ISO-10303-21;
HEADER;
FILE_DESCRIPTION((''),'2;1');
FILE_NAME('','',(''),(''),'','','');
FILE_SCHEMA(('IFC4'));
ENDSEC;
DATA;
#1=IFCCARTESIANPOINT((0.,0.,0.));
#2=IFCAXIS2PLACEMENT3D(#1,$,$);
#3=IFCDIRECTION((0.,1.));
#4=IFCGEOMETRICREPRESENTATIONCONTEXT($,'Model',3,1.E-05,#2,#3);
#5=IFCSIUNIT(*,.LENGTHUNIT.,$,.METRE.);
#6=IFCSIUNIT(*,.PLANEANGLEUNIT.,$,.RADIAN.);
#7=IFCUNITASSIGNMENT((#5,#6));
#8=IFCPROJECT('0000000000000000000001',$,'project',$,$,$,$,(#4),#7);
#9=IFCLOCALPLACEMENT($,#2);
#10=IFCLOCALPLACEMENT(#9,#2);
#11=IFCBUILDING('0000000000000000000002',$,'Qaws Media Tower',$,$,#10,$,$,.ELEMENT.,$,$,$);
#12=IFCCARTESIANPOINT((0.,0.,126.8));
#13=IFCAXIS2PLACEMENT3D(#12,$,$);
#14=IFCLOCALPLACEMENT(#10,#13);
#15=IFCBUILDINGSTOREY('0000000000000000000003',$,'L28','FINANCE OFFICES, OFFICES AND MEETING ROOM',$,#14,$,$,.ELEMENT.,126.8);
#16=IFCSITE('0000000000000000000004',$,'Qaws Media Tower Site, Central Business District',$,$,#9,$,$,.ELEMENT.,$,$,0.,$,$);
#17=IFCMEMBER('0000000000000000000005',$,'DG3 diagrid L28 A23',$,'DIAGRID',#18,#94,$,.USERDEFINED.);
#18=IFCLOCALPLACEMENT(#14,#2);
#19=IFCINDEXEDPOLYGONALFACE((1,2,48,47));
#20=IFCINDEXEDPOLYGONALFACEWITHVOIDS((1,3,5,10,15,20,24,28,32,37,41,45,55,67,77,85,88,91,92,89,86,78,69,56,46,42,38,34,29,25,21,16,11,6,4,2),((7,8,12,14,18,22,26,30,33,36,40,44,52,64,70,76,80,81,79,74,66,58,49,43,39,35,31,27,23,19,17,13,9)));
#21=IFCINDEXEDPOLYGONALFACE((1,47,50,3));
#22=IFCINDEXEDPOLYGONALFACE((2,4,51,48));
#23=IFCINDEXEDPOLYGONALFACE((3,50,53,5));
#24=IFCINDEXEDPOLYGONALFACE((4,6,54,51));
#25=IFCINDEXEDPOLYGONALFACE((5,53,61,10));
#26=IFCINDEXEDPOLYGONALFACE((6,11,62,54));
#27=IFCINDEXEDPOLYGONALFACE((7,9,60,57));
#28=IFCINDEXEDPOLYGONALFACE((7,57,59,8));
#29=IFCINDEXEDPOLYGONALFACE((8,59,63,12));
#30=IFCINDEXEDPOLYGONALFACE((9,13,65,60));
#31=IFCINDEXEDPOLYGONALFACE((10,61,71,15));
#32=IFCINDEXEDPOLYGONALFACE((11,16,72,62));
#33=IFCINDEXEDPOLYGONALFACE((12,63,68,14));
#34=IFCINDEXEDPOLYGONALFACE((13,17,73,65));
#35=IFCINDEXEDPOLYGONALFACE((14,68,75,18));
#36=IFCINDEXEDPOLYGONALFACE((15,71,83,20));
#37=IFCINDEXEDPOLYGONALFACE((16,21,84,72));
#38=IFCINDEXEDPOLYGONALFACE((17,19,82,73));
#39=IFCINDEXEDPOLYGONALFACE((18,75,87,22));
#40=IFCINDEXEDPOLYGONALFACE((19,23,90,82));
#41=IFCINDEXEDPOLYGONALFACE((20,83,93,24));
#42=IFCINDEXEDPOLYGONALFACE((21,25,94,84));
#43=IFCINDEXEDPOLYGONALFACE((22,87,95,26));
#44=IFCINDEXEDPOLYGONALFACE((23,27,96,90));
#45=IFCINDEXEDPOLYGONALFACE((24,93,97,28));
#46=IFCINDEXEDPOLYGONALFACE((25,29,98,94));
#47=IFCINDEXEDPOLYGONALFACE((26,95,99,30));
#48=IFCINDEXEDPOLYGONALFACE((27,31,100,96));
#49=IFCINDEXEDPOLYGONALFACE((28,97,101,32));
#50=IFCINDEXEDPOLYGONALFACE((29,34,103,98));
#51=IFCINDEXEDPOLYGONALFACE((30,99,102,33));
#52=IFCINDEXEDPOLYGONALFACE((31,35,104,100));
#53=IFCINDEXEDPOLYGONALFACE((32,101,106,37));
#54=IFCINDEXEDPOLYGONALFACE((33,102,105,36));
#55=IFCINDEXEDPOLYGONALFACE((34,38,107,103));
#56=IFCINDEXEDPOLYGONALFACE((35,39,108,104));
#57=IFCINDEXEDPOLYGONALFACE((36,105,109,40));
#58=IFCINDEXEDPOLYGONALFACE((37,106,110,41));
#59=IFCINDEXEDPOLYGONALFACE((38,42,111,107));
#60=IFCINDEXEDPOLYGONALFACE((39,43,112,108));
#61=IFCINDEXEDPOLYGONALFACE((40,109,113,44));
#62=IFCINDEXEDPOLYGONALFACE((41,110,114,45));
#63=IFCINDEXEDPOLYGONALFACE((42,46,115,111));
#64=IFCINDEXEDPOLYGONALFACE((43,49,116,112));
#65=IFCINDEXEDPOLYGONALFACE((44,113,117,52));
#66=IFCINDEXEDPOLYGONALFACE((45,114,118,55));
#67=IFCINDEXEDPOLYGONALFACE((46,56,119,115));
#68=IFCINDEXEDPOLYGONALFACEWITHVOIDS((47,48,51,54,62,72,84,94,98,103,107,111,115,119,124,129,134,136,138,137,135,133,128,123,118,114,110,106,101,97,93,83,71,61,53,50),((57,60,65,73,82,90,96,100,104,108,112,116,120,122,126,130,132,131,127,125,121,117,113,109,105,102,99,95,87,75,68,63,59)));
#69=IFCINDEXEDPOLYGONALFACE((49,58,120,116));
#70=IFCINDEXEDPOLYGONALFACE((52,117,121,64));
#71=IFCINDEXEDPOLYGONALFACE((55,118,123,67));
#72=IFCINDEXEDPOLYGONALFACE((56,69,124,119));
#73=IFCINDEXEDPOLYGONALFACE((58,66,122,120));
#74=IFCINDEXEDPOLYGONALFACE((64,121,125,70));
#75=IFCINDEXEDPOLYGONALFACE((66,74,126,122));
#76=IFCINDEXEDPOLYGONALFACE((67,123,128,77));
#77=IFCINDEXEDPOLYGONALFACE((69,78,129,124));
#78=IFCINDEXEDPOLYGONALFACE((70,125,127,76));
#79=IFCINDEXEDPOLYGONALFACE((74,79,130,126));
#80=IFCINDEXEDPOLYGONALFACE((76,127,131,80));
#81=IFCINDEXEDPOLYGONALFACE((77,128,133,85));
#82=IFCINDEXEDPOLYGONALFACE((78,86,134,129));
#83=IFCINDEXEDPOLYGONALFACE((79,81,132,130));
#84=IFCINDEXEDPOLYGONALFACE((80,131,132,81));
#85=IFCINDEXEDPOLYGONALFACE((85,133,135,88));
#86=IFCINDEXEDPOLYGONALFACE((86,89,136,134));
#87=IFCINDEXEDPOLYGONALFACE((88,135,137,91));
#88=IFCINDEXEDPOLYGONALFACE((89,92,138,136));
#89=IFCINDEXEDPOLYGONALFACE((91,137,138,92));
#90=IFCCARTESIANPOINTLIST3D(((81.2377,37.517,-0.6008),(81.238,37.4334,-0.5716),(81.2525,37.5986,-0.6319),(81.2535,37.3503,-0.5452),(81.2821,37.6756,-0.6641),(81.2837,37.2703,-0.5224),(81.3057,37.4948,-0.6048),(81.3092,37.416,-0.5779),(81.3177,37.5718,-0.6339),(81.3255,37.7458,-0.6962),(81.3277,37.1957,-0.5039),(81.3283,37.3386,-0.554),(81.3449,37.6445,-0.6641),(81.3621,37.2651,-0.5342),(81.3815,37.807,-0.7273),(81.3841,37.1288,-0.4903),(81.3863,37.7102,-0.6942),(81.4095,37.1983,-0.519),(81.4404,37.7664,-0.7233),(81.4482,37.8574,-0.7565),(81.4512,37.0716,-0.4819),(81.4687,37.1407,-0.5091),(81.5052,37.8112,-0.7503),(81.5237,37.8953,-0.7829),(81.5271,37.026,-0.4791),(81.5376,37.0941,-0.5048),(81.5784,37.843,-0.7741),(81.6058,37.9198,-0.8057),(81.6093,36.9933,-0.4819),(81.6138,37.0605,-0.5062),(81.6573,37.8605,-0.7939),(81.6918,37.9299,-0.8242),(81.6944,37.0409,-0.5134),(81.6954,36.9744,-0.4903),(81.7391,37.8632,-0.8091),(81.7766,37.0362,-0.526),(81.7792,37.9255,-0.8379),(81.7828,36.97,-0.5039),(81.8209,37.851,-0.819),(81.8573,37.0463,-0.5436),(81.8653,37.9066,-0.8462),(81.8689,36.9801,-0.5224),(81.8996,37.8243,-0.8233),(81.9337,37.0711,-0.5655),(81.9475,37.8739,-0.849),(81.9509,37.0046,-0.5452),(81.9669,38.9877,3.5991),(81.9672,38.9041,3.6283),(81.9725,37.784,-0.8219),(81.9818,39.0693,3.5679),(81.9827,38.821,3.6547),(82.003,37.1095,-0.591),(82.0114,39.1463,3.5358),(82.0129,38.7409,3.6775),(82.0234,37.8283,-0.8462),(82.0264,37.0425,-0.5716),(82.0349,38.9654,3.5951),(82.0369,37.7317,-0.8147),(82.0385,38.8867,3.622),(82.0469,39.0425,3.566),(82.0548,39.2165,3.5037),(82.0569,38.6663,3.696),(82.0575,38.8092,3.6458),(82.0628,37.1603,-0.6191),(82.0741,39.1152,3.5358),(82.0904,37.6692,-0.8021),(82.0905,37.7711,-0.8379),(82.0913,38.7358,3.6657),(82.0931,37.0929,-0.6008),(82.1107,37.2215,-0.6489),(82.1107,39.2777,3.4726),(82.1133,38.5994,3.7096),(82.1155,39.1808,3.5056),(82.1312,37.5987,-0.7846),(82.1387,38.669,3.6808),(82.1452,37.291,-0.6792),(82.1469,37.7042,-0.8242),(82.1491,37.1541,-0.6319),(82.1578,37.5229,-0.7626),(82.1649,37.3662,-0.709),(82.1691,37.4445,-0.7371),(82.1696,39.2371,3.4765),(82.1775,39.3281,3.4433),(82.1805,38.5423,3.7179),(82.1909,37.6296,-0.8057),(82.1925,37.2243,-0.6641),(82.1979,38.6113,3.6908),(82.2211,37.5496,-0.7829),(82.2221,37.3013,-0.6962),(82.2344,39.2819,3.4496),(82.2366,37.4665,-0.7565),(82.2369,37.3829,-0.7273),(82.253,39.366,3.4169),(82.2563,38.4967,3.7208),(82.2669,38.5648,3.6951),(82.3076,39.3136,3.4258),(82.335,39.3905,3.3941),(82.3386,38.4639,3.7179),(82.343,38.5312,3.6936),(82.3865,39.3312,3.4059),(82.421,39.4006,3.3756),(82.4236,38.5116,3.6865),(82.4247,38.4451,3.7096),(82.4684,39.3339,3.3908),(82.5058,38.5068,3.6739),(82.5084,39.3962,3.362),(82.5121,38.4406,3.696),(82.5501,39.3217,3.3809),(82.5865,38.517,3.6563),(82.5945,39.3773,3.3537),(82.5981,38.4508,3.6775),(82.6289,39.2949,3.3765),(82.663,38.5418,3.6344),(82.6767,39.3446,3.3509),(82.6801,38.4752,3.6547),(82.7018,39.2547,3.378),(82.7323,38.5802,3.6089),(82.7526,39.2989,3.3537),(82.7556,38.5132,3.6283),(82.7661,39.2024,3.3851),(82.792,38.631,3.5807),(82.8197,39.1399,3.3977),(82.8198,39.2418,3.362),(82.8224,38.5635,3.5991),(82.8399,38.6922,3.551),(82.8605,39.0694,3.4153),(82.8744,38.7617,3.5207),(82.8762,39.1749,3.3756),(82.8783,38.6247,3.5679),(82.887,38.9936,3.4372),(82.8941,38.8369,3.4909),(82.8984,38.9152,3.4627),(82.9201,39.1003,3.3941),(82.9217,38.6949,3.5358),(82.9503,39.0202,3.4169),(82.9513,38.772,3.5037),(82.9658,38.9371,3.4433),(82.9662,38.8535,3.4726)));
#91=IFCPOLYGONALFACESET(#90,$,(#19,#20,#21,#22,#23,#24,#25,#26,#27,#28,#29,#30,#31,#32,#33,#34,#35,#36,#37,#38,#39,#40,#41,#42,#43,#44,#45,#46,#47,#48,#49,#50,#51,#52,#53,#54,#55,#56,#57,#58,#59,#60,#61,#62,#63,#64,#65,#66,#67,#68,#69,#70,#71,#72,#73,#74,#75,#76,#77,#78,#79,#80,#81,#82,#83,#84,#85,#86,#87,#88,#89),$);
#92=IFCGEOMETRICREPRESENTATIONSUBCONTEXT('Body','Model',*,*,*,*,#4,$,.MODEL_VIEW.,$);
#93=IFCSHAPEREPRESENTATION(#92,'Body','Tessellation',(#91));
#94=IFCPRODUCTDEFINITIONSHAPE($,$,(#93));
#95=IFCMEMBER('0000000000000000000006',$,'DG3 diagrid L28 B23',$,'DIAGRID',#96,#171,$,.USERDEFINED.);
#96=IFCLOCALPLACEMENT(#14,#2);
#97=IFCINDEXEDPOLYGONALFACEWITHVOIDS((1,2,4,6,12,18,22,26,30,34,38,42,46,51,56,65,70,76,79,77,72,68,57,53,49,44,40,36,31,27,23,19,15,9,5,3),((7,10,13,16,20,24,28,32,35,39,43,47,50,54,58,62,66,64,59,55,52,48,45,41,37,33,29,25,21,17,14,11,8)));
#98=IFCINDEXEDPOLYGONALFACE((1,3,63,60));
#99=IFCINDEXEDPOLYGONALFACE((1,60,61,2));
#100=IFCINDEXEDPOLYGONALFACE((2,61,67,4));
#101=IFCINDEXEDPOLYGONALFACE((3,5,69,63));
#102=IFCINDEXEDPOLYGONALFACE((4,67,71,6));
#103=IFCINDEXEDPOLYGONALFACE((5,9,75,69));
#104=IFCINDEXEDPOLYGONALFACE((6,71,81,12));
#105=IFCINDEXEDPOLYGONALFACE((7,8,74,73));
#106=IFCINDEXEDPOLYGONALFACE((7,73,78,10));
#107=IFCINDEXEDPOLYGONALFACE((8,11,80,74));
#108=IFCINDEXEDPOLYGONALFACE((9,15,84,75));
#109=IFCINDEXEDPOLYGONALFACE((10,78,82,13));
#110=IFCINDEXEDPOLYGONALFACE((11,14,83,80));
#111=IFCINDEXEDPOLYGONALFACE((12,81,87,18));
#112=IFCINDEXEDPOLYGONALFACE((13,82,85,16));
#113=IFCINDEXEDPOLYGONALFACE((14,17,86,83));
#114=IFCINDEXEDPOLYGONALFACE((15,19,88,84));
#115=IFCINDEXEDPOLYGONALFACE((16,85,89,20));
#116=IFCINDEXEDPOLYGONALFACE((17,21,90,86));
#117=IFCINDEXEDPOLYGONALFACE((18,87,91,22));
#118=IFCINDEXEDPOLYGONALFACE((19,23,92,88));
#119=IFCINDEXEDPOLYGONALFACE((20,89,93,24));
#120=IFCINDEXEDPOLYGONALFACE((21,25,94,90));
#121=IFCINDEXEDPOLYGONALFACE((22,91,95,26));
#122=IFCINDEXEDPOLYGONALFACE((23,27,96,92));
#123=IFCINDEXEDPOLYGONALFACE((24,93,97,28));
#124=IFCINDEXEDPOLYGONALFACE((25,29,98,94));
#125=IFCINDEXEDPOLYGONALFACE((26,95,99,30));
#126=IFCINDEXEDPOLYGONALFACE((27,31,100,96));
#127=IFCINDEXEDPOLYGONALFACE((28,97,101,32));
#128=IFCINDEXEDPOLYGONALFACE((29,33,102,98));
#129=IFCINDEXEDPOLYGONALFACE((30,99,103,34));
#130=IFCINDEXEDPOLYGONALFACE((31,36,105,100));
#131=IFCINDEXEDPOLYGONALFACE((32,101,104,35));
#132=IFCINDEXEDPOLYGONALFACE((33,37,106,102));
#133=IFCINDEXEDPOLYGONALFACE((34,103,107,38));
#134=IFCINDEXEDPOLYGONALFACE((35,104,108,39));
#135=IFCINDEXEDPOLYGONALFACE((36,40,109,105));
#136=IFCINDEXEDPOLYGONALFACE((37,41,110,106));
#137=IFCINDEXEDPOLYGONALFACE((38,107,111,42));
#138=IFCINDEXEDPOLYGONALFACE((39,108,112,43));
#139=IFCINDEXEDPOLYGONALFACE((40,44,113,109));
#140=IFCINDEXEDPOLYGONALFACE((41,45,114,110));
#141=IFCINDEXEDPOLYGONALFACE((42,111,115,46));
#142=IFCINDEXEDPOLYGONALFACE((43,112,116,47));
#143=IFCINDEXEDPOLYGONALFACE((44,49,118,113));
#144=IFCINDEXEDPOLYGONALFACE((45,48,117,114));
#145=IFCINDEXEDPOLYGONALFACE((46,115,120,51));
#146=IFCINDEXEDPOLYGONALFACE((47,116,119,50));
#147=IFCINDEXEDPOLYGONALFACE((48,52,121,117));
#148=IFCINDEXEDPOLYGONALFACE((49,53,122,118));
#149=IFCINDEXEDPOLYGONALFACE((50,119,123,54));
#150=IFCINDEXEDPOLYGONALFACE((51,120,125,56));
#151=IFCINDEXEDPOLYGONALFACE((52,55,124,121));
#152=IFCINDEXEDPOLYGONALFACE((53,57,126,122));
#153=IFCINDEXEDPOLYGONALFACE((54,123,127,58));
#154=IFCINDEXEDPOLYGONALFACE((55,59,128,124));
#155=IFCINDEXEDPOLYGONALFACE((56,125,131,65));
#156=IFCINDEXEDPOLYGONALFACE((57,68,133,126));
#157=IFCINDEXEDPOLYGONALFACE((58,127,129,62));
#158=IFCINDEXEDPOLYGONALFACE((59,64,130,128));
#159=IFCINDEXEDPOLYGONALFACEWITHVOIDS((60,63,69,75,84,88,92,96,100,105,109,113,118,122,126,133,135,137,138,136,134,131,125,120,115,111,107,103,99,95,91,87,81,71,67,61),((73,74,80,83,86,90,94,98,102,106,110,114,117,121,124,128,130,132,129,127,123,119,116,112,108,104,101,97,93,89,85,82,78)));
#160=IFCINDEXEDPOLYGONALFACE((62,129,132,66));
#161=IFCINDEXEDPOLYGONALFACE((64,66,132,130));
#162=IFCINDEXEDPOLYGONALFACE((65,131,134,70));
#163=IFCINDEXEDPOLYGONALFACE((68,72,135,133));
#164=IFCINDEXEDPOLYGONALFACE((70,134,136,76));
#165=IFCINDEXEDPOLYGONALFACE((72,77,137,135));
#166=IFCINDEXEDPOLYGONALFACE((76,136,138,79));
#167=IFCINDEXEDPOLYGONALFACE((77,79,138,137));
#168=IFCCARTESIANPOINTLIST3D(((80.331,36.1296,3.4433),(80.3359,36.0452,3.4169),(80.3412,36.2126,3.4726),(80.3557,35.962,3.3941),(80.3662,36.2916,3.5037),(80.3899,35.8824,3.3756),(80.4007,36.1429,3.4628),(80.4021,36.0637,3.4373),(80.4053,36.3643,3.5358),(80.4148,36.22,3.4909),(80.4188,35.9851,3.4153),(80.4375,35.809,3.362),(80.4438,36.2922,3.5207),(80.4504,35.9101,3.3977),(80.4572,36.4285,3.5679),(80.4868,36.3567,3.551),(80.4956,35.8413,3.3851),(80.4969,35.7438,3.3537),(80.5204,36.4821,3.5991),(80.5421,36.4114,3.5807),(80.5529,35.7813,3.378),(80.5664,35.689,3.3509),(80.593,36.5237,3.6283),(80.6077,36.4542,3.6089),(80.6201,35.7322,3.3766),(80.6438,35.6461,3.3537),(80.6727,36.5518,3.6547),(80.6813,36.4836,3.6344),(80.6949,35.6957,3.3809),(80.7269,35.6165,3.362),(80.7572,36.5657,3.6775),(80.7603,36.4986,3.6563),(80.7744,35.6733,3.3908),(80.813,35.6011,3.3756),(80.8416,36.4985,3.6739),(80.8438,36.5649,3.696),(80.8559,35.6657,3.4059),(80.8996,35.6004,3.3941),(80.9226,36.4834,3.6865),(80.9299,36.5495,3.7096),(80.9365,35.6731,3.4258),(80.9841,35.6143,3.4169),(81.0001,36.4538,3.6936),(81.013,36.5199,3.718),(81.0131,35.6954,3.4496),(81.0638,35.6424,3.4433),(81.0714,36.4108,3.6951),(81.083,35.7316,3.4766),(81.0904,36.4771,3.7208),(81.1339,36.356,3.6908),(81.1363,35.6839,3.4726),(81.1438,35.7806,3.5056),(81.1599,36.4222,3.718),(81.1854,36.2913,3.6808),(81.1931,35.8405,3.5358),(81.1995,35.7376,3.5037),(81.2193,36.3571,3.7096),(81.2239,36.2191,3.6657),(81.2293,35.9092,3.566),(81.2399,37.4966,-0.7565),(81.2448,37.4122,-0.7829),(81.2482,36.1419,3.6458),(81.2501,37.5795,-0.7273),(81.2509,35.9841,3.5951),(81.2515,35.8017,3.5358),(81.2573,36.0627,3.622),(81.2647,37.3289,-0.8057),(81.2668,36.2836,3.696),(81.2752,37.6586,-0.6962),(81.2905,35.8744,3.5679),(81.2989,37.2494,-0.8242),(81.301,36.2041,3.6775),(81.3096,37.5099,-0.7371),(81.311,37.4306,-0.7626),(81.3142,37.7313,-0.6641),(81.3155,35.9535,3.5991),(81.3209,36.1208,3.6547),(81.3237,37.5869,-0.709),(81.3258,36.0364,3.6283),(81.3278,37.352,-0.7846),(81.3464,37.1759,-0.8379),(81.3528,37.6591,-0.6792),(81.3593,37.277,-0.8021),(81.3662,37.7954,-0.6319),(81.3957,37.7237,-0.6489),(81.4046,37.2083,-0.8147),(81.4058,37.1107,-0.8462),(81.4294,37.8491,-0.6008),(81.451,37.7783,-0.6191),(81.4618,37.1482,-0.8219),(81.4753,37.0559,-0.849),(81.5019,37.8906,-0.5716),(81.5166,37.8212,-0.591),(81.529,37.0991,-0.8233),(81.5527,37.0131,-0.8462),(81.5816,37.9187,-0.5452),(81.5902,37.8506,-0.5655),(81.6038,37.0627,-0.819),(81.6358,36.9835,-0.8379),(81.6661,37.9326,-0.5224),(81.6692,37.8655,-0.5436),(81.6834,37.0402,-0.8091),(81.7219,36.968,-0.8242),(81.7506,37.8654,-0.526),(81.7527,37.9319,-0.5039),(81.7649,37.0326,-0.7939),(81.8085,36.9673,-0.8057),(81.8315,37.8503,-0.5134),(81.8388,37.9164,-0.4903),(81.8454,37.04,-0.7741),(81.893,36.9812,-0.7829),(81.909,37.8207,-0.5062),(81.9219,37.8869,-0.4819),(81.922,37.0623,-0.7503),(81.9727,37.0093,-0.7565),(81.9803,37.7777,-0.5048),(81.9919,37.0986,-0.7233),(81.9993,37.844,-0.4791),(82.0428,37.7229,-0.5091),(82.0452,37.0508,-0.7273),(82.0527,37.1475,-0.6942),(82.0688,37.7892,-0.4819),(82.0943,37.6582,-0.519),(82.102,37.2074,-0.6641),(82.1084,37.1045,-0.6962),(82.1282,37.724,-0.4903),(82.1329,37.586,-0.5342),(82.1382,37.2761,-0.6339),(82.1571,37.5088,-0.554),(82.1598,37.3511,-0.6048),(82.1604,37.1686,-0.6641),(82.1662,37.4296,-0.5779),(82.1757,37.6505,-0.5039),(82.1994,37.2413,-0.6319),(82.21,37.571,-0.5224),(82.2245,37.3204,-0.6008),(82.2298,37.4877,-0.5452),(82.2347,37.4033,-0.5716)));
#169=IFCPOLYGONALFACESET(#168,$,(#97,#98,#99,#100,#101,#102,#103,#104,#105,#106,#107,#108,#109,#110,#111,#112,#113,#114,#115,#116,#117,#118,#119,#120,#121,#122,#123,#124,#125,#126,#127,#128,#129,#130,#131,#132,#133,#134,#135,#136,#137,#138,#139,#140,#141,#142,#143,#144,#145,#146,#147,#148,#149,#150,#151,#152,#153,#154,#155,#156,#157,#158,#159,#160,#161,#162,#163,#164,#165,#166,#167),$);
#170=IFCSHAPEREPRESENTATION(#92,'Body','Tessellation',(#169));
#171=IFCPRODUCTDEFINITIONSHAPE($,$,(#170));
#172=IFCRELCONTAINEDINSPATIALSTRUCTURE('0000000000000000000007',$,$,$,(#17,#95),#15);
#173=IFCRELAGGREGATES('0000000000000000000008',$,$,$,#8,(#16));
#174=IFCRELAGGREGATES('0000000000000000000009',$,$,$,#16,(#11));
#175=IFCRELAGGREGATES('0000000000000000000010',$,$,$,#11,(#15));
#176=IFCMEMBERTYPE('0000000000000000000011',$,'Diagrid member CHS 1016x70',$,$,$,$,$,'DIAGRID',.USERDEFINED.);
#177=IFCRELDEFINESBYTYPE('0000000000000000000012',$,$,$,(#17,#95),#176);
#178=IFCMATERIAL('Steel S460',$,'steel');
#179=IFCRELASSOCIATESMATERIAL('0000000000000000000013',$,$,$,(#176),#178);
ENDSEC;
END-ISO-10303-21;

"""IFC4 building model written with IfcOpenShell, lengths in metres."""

from ifc_helpers import new_model, si_unit, direction, frame, origin, origin_2d, place, context, subcontext, project, spatial, hollow_circle, extrude, material, material_profile, profile_set, type_object, element, save


model = new_model("IFC4")

# Units and contexts
model_context = context("Model", 3, precision=1e-05, world=origin(), true_north=direction((0.0, 1.0)))
body_context = subcontext(model_context, "Body", "Model", "MODEL_VIEW")
ifc_project = project(units=[si_unit("LENGTHUNIT", "METRE"), si_unit("PLANEANGLEUNIT", "RADIAN")], contexts=[model_context])

# Site, building, storey
site_placement = place(None, origin())
site = spatial("IfcSite", under=ifc_project, at=site_placement, Name="Qaws Media Tower Site, Central Business District", CompositionType="ELEMENT", RefElevation=0.0)
building_placement = place(site_placement, origin())
building = spatial("IfcBuilding", under=site, at=building_placement, Name="Qaws Media Tower", CompositionType="ELEMENT")
storey_placement = place(building_placement, frame((0.0, 0.0, 126.8)))
storey = spatial("IfcBuildingStorey", under=building, at=storey_placement, Name="L28", Description="FINANCE OFFICES, OFFICES AND MEETING ROOM", CompositionType="ELEMENT", Elevation=126.8)

# Members
ifc_material_1 = material(Name="Steel S460", Category="steel")
ifc_material_profile_1 = material_profile(ifc_material_1, hollow_circle(Radius=0.5081, WallThickness=0.0701, at=origin_2d()), Name="CHS 1016x70")
ifc_profile_set_1 = profile_set([ifc_material_profile_1], Name="Steel S460")
member_type_1 = type_object("IfcMemberType", Name="Diagrid member CHS 1016x70", ElementType="DIAGRID", PredefinedType="USERDEFINED", material=ifc_profile_set_1)
for number, where, z_axis, x_axis, name in (
    (1, (81.7373, 37.45, -0.6641), (0.161719, 0.326144, 0.931384), (-0.895909, 0.444237, 0.0), "DG3 diagrid L28 A23"),
    (2, (81.7373, 37.45, -0.6641), (-0.201567, -0.303135, 0.931386), (0.832713, -0.553704, 0.0), "DG3 diagrid L28 B23"),
):
    element("IfcMember", number, at=place(storey_placement, frame(where, z_axis=z_axis, x_axis=x_axis)), inside=storey, type_object=member_type_1, Name=name, ObjectType="DIAGRID", PredefinedType="USERDEFINED", context=body_context, shape_type="SweptSolid", body=[
        extrude(hollow_circle(Radius=0.5081, WallThickness=0.0701, at=origin_2d()), origin(), (0.0, 0.0, 1.0), 4.5093),
    ])

save(model, "model.ifc")
